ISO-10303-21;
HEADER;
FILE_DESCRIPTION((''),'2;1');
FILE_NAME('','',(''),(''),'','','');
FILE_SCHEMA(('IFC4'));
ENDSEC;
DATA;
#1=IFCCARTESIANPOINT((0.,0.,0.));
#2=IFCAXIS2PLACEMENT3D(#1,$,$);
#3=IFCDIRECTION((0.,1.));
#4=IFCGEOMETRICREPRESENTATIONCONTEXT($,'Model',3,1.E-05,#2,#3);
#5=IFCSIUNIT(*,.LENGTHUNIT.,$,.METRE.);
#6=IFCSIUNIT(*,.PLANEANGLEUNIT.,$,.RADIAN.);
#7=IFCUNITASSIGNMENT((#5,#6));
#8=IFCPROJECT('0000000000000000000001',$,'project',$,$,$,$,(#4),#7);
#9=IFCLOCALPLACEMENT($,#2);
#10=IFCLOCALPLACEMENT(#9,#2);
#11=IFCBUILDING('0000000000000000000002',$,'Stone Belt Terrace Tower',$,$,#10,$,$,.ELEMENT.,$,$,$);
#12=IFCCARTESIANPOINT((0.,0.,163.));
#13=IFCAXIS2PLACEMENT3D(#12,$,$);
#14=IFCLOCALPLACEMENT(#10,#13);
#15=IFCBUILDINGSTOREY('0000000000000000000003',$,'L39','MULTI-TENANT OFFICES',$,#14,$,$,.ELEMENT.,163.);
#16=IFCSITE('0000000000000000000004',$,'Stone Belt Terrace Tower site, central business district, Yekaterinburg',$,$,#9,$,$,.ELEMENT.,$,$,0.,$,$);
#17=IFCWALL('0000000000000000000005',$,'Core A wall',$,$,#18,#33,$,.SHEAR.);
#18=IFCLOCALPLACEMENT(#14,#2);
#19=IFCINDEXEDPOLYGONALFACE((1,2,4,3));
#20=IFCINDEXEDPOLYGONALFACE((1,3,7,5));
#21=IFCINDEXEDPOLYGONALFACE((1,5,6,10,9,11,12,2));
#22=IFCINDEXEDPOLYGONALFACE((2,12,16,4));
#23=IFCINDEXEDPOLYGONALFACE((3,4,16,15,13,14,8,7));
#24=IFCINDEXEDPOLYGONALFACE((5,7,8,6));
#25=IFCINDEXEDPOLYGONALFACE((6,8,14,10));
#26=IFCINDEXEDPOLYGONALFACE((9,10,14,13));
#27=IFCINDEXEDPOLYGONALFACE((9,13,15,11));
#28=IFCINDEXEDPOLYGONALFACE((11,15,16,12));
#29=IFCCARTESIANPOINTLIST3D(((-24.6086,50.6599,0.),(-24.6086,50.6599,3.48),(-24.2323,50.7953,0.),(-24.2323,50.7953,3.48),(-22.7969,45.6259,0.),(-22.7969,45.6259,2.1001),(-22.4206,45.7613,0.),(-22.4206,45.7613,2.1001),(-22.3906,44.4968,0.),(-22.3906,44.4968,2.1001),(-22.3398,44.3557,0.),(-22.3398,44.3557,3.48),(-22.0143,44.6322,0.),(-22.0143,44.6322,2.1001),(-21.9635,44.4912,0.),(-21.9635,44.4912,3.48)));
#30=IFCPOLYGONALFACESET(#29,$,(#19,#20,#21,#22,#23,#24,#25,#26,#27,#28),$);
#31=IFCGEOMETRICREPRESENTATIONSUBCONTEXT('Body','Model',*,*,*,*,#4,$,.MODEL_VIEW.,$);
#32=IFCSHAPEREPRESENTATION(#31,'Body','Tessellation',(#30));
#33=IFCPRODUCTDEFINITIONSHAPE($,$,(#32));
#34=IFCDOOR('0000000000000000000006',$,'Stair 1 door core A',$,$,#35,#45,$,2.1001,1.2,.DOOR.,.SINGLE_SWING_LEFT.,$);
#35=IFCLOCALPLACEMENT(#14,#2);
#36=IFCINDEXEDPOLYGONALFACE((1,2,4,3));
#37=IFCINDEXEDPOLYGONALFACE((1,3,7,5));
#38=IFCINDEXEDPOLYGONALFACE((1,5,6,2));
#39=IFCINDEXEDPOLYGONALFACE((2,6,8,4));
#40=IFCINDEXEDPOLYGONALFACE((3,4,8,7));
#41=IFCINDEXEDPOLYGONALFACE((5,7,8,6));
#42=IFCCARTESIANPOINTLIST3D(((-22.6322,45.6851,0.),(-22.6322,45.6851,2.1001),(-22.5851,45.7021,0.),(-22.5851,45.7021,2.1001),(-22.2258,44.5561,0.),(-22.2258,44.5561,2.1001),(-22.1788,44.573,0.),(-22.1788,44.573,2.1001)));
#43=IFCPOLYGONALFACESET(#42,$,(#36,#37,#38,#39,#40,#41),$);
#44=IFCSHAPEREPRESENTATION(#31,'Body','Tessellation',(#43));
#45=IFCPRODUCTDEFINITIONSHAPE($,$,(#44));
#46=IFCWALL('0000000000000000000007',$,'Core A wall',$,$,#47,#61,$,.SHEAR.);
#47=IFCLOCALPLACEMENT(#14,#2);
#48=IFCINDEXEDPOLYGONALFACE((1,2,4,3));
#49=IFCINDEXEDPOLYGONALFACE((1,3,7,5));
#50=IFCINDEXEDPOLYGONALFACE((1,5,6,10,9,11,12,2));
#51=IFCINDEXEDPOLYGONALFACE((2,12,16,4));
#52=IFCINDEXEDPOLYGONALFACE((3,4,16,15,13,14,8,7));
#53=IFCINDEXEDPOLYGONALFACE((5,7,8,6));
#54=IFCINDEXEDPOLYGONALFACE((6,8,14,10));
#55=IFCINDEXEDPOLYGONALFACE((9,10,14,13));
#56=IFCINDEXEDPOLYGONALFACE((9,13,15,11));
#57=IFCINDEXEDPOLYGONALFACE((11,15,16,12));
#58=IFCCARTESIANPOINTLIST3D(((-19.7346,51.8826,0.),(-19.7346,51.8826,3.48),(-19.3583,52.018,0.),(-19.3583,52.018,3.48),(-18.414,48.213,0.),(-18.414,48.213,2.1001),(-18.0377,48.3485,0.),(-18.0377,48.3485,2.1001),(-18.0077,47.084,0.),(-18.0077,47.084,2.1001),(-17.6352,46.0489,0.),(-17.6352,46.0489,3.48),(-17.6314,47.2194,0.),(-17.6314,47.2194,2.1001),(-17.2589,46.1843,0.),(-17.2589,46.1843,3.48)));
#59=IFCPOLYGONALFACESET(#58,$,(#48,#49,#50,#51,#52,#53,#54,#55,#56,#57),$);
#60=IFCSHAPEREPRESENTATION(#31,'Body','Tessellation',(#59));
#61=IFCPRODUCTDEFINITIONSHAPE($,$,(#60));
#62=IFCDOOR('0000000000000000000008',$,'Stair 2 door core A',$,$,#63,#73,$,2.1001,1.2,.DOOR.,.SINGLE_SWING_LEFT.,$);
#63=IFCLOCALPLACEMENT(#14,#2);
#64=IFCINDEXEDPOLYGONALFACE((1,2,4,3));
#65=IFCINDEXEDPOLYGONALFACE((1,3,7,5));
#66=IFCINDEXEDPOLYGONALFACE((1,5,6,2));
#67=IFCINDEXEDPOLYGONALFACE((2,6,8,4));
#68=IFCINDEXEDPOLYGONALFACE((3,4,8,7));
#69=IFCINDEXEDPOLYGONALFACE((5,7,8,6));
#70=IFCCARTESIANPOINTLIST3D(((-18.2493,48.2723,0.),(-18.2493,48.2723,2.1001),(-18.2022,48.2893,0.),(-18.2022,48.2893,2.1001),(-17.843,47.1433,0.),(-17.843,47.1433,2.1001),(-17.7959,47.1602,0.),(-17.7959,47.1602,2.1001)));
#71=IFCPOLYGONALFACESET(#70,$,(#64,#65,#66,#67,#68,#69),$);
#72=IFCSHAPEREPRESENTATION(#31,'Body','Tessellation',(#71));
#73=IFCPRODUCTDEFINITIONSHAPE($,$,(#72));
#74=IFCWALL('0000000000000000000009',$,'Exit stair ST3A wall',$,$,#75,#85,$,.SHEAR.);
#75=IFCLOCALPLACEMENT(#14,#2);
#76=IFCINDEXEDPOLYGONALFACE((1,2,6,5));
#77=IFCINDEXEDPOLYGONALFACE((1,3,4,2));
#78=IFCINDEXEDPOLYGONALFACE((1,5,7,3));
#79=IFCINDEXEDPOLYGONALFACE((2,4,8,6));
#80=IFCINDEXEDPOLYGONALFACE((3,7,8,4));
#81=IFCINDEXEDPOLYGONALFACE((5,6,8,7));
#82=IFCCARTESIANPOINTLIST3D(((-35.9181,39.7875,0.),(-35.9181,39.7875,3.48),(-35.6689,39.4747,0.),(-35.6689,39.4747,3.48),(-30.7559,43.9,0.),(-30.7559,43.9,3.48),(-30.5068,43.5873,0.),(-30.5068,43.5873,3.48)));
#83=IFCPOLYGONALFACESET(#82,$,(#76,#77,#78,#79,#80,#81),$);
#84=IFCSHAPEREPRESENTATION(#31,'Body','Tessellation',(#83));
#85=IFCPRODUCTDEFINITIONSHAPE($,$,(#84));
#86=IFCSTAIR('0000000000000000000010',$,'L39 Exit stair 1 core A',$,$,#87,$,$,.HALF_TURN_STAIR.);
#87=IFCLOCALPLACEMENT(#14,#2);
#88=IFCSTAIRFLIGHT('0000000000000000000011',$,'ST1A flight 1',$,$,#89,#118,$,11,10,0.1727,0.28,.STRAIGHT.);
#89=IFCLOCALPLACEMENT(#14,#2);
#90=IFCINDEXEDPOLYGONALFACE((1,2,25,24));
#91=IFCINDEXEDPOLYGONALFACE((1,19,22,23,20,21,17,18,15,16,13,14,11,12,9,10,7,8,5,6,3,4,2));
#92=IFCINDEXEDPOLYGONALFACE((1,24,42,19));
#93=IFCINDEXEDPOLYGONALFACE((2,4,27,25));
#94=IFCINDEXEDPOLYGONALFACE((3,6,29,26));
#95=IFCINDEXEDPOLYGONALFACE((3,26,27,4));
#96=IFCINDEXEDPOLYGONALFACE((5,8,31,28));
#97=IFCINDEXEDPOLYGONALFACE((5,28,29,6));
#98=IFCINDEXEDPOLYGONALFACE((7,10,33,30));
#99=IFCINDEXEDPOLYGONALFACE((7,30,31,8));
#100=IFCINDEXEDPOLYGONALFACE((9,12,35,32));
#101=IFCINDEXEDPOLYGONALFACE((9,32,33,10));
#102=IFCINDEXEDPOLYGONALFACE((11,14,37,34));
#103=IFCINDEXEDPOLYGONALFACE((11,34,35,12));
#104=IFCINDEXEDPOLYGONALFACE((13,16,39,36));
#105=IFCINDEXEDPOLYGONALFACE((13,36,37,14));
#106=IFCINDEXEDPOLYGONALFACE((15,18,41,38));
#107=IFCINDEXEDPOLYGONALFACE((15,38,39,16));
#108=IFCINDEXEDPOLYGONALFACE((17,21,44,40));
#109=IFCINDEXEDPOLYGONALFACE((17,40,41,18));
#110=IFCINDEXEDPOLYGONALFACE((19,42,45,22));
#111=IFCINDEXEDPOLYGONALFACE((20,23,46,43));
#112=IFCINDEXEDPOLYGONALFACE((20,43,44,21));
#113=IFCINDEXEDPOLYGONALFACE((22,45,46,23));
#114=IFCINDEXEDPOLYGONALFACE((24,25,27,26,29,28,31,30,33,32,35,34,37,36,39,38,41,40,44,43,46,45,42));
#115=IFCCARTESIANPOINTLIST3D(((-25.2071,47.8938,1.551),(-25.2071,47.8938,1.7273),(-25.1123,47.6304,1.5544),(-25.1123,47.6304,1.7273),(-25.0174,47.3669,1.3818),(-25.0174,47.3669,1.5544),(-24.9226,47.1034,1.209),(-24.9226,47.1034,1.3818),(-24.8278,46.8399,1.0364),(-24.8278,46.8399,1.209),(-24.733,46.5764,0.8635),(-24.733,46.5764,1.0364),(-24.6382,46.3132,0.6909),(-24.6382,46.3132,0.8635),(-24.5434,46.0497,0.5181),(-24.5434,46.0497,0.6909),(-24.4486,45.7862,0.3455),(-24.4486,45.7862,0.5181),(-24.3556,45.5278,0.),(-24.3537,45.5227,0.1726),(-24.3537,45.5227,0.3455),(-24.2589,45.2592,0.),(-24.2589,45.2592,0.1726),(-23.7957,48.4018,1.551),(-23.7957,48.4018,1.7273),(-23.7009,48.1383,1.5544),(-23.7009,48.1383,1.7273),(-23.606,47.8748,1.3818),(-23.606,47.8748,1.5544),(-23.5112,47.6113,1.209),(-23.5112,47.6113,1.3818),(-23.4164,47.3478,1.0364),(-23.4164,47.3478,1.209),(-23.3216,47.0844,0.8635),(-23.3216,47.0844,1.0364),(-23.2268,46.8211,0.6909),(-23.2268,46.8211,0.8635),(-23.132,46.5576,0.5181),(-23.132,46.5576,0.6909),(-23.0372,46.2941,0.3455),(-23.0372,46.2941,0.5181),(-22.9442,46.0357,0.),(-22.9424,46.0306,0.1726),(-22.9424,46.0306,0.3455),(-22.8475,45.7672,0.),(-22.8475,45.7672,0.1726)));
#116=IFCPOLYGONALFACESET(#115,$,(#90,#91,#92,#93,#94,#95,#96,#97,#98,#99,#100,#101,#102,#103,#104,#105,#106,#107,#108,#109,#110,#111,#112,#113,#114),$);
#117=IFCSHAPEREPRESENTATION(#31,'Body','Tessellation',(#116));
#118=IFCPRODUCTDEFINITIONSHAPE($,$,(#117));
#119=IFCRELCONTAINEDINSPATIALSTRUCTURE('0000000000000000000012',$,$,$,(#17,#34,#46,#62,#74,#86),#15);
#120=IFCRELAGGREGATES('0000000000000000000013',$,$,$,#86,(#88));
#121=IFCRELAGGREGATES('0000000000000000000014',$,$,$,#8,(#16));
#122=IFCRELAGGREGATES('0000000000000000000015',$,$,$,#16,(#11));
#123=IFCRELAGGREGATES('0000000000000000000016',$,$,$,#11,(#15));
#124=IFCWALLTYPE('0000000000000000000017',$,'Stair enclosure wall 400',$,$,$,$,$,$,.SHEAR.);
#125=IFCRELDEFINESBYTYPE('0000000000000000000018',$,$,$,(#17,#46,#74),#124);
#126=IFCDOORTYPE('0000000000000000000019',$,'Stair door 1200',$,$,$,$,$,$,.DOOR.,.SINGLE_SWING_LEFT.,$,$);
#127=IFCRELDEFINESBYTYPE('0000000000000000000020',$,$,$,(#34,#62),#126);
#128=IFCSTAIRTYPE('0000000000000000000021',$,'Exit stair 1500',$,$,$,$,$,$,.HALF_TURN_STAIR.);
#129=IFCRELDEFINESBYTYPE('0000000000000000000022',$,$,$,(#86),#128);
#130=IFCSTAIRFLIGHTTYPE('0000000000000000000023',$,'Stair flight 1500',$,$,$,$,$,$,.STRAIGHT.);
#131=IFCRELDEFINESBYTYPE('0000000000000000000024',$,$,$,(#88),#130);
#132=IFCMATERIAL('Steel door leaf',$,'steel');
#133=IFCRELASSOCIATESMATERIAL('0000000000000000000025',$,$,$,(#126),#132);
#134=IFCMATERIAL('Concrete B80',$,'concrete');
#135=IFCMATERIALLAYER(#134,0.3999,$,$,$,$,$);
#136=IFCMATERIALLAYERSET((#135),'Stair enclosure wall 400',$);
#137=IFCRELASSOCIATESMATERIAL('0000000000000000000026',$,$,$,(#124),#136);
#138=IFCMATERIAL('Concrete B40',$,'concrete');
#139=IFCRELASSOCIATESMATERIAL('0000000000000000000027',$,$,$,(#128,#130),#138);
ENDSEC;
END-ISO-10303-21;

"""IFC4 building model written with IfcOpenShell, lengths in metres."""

from ifc_helpers import new_model, si_unit, direction, frame, frame_2d, origin, place, context, subcontext, project, spatial, polyline, rectangle, outline, extrude, material, layer, layer_set, type_object, element, fill, aggregate, save


model = new_model("IFC4")

# Units and contexts
model_context = context("Model", 3, precision=1e-05, world=origin(), true_north=direction((0.0, 1.0)))
body_context = subcontext(model_context, "Body", "Model", "MODEL_VIEW")
ifc_project = project(units=[si_unit("LENGTHUNIT", "METRE"), si_unit("PLANEANGLEUNIT", "RADIAN")], contexts=[model_context])

# Site, building, storey
site_placement = place(None, origin())
site = spatial("IfcSite", under=ifc_project, at=site_placement, Name="Stone Belt Terrace Tower site, central business district, Yekaterinburg", CompositionType="ELEMENT", RefElevation=0.0)
building_placement = place(site_placement, origin())
building = spatial("IfcBuilding", under=site, at=building_placement, Name="Stone Belt Terrace Tower", CompositionType="ELEMENT")
storey_placement = place(building_placement, frame((0.0, 0.0, 163.0)))
storey = spatial("IfcBuildingStorey", under=building, at=storey_placement, Name="L39", Description="MULTI-TENANT OFFICES", CompositionType="ELEMENT", Elevation=163.0)

# Shared definitions
ifc_material_1 = material(Name="Concrete B80", Category="concrete")

# Shared definitions
ifc_material_2 = material(Name="Steel door leaf", Category="steel")
door_type_1 = type_object("IfcDoorType", Name="Stair door 1200", OperationType="SINGLE_SWING_LEFT", PredefinedType="DOOR", material=ifc_material_2)

# Walls, openings, doors
ifc_layer_1 = layer(ifc_material_1, 0.3999)
ifc_layer_set_1 = layer_set([ifc_layer_1], Name="Stair enclosure wall 400")
wall_type_1 = type_object("IfcWallType", Name="Stair enclosure wall 400", PredefinedType="SHEAR", material=ifc_layer_set_1)
wall_1_placement = place(storey_placement, frame((-22.1516, 44.4233, 0.0), z_axis=(0.0, 0.0, 1.0), x_axis=(-0.338625, 0.940921, 0.0)))
wall_1 = element("IfcWall", 1, at=wall_1_placement, inside=storey, type_object=wall_type_1, Name="Core A wall", PredefinedType="SHEAR", context=body_context, shape_type="SweptSolid", body=[
    extrude(rectangle(XDim=6.7, YDim=0.3999, at=frame_2d((3.3501, 0.0))), origin(), (0.0, 0.0, 1.0), 3.48),
])
opening_1_placement = place(wall_1_placement, frame((0.1499, 0.0, 0.0)))
opening_1 = element("IfcOpeningElement", 2, at=opening_1_placement, cuts=wall_1, PredefinedType="OPENING", context=body_context, shape_type="SweptSolid", body=[
    extrude(rectangle(XDim=1.2, YDim=2.1001, at=frame_2d((0.6001, 1.05))), frame((0.0, 0.21, 0.0), z_axis=(0.0, -1.0, 0.0), x_axis=(1.0, 0.0, 0.0)), (0.0, 0.0, 1.0), 0.4199),
])
door_1_placement = place(opening_1_placement, origin())
door_1 = element("IfcDoor", 3, at=door_1_placement, inside=storey, type_object=door_type_1, Name="Stair 1 door core A", OperationType="SINGLE_SWING_LEFT", OverallHeight=2.1001, OverallWidth=1.2, PredefinedType="DOOR", context=body_context, shape_type="SweptSolid", body=[
    extrude(rectangle(XDim=1.2, YDim=2.1001, at=frame_2d((0.6001, 1.05))), frame((0.0, 0.0249, 0.0), z_axis=(0.0, -1.0, 0.0), x_axis=(1.0, 0.0, 0.0)), (0.0, 0.0, 1.0), 0.05),
])
fill(opening_1, door_1)
wall_2_placement = place(storey_placement, frame((-17.447, 46.1165, 0.0), z_axis=(0.0, 0.0, 1.0), x_axis=(-0.338608, 0.940928, 0.0)))
wall_2 = element("IfcWall", 4, at=wall_2_placement, inside=storey, type_object=wall_type_1, Name="Core A wall", PredefinedType="SHEAR", context=body_context, shape_type="SweptSolid", body=[
    extrude(rectangle(XDim=6.2, YDim=0.3999, at=frame_2d((3.1001, 0.0))), origin(), (0.0, 0.0, 1.0), 3.48),
])
opening_2_placement = place(wall_2_placement, frame((1.1001, 0.0, 0.0)))
opening_2 = element("IfcOpeningElement", 5, at=opening_2_placement, cuts=wall_2, PredefinedType="OPENING", context=body_context, shape_type="SweptSolid", body=[
    extrude(rectangle(XDim=1.2, YDim=2.1001, at=frame_2d((0.6001, 1.05))), frame((0.0, 0.21, 0.0), z_axis=(0.0, -1.0, 0.0), x_axis=(1.0, 0.0, 0.0)), (0.0, 0.0, 1.0), 0.4199),
])
door_2_placement = place(opening_2_placement, origin())
door_2 = element("IfcDoor", 6, at=door_2_placement, inside=storey, type_object=door_type_1, Name="Stair 2 door core A", OperationType="SINGLE_SWING_LEFT", OverallHeight=2.1001, OverallWidth=1.2, PredefinedType="DOOR", context=body_context, shape_type="SweptSolid", body=[
    extrude(rectangle(XDim=1.2, YDim=2.1001, at=frame_2d((0.6001, 1.05))), frame((0.0, 0.0249, 0.0), z_axis=(0.0, -1.0, 0.0), x_axis=(1.0, 0.0, 0.0)), (0.0, 0.0, 1.0), 0.05),
])
fill(opening_2, door_2)

# Wall
wall_3_placement = place(storey_placement, frame((-30.6313, 43.7437, 0.0), z_axis=(0.0, 0.0, 1.0), x_axis=(-0.782134, -0.62311, 0.0)))
element("IfcWall", 7, at=wall_3_placement, inside=storey, type_object=wall_type_1, Name="Exit stair ST3A wall", PredefinedType="SHEAR", context=body_context, shape_type="SweptSolid", body=[
    extrude(rectangle(XDim=6.6001, YDim=0.3999, at=frame_2d((3.3, 0.0))), origin(), (0.0, 0.0, 1.0), 3.48),
])

# Stair, stair flight
ifc_material_3 = material(Name="Concrete B40", Category="concrete")
stair_type = type_object("IfcStairType", Name="Exit stair 1500", PredefinedType="HALF_TURN_STAIR", material=ifc_material_3)
stair_placement = place(storey_placement, origin())
stair = element("IfcStair", 8, at=stair_placement, inside=storey, type_object=stair_type, Name="L39 Exit stair 1 core A", PredefinedType="HALF_TURN_STAIR")
stair_flight_type = type_object("IfcStairFlightType", Name="Stair flight 1500", PredefinedType="STRAIGHT", material=ifc_material_3)
stair_flight_placement = place(storey_placement, frame((-23.5532, 45.5132, 0.0), z_axis=(0.0, 0.0, 1.0), x_axis=(-0.338624, 0.940922, 0.0)))
stair_flight = element("IfcStairFlight", 9, at=stair_flight_placement, type_object=stair_flight_type, Name="ST1A flight 1", NumberOfRisers=11, NumberOfTreads=10, PredefinedType="STRAIGHT", RiserHeight=0.1727, TreadLength=0.28, context=body_context, shape_type="SweptSolid", body=[
    extrude(outline(polyline([(0.0, 0.0), (0.0, 0.1726), (0.28, 0.1726), (0.28, 0.3455), (0.5601, 0.3455), (0.5601, 0.5181), (0.8401, 0.5181), (0.8401, 0.6909), (1.1201, 0.6909), (1.1201, 0.8635), (1.3999, 0.8635), (1.3999, 1.0364), (1.6799, 1.0364), (1.6799, 1.209), (1.96, 1.209), (1.96, 1.3818), (2.24, 1.3818), (2.24, 1.5544), (2.52, 1.5544), (2.52, 1.7273), (2.8, 1.7273), (2.8, 1.8999), (2.8, 1.551), (0.2854, 0.0), (0.0, 0.0)])), frame((0.0, 0.75, 0.0), z_axis=(0.0, -1.0, 0.0), x_axis=(1.0, 0.0, 0.0)), (0.0, 0.0, 1.0), 1.5),
])
aggregate(stair, [stair_flight])

save(model, "model.ifc")
